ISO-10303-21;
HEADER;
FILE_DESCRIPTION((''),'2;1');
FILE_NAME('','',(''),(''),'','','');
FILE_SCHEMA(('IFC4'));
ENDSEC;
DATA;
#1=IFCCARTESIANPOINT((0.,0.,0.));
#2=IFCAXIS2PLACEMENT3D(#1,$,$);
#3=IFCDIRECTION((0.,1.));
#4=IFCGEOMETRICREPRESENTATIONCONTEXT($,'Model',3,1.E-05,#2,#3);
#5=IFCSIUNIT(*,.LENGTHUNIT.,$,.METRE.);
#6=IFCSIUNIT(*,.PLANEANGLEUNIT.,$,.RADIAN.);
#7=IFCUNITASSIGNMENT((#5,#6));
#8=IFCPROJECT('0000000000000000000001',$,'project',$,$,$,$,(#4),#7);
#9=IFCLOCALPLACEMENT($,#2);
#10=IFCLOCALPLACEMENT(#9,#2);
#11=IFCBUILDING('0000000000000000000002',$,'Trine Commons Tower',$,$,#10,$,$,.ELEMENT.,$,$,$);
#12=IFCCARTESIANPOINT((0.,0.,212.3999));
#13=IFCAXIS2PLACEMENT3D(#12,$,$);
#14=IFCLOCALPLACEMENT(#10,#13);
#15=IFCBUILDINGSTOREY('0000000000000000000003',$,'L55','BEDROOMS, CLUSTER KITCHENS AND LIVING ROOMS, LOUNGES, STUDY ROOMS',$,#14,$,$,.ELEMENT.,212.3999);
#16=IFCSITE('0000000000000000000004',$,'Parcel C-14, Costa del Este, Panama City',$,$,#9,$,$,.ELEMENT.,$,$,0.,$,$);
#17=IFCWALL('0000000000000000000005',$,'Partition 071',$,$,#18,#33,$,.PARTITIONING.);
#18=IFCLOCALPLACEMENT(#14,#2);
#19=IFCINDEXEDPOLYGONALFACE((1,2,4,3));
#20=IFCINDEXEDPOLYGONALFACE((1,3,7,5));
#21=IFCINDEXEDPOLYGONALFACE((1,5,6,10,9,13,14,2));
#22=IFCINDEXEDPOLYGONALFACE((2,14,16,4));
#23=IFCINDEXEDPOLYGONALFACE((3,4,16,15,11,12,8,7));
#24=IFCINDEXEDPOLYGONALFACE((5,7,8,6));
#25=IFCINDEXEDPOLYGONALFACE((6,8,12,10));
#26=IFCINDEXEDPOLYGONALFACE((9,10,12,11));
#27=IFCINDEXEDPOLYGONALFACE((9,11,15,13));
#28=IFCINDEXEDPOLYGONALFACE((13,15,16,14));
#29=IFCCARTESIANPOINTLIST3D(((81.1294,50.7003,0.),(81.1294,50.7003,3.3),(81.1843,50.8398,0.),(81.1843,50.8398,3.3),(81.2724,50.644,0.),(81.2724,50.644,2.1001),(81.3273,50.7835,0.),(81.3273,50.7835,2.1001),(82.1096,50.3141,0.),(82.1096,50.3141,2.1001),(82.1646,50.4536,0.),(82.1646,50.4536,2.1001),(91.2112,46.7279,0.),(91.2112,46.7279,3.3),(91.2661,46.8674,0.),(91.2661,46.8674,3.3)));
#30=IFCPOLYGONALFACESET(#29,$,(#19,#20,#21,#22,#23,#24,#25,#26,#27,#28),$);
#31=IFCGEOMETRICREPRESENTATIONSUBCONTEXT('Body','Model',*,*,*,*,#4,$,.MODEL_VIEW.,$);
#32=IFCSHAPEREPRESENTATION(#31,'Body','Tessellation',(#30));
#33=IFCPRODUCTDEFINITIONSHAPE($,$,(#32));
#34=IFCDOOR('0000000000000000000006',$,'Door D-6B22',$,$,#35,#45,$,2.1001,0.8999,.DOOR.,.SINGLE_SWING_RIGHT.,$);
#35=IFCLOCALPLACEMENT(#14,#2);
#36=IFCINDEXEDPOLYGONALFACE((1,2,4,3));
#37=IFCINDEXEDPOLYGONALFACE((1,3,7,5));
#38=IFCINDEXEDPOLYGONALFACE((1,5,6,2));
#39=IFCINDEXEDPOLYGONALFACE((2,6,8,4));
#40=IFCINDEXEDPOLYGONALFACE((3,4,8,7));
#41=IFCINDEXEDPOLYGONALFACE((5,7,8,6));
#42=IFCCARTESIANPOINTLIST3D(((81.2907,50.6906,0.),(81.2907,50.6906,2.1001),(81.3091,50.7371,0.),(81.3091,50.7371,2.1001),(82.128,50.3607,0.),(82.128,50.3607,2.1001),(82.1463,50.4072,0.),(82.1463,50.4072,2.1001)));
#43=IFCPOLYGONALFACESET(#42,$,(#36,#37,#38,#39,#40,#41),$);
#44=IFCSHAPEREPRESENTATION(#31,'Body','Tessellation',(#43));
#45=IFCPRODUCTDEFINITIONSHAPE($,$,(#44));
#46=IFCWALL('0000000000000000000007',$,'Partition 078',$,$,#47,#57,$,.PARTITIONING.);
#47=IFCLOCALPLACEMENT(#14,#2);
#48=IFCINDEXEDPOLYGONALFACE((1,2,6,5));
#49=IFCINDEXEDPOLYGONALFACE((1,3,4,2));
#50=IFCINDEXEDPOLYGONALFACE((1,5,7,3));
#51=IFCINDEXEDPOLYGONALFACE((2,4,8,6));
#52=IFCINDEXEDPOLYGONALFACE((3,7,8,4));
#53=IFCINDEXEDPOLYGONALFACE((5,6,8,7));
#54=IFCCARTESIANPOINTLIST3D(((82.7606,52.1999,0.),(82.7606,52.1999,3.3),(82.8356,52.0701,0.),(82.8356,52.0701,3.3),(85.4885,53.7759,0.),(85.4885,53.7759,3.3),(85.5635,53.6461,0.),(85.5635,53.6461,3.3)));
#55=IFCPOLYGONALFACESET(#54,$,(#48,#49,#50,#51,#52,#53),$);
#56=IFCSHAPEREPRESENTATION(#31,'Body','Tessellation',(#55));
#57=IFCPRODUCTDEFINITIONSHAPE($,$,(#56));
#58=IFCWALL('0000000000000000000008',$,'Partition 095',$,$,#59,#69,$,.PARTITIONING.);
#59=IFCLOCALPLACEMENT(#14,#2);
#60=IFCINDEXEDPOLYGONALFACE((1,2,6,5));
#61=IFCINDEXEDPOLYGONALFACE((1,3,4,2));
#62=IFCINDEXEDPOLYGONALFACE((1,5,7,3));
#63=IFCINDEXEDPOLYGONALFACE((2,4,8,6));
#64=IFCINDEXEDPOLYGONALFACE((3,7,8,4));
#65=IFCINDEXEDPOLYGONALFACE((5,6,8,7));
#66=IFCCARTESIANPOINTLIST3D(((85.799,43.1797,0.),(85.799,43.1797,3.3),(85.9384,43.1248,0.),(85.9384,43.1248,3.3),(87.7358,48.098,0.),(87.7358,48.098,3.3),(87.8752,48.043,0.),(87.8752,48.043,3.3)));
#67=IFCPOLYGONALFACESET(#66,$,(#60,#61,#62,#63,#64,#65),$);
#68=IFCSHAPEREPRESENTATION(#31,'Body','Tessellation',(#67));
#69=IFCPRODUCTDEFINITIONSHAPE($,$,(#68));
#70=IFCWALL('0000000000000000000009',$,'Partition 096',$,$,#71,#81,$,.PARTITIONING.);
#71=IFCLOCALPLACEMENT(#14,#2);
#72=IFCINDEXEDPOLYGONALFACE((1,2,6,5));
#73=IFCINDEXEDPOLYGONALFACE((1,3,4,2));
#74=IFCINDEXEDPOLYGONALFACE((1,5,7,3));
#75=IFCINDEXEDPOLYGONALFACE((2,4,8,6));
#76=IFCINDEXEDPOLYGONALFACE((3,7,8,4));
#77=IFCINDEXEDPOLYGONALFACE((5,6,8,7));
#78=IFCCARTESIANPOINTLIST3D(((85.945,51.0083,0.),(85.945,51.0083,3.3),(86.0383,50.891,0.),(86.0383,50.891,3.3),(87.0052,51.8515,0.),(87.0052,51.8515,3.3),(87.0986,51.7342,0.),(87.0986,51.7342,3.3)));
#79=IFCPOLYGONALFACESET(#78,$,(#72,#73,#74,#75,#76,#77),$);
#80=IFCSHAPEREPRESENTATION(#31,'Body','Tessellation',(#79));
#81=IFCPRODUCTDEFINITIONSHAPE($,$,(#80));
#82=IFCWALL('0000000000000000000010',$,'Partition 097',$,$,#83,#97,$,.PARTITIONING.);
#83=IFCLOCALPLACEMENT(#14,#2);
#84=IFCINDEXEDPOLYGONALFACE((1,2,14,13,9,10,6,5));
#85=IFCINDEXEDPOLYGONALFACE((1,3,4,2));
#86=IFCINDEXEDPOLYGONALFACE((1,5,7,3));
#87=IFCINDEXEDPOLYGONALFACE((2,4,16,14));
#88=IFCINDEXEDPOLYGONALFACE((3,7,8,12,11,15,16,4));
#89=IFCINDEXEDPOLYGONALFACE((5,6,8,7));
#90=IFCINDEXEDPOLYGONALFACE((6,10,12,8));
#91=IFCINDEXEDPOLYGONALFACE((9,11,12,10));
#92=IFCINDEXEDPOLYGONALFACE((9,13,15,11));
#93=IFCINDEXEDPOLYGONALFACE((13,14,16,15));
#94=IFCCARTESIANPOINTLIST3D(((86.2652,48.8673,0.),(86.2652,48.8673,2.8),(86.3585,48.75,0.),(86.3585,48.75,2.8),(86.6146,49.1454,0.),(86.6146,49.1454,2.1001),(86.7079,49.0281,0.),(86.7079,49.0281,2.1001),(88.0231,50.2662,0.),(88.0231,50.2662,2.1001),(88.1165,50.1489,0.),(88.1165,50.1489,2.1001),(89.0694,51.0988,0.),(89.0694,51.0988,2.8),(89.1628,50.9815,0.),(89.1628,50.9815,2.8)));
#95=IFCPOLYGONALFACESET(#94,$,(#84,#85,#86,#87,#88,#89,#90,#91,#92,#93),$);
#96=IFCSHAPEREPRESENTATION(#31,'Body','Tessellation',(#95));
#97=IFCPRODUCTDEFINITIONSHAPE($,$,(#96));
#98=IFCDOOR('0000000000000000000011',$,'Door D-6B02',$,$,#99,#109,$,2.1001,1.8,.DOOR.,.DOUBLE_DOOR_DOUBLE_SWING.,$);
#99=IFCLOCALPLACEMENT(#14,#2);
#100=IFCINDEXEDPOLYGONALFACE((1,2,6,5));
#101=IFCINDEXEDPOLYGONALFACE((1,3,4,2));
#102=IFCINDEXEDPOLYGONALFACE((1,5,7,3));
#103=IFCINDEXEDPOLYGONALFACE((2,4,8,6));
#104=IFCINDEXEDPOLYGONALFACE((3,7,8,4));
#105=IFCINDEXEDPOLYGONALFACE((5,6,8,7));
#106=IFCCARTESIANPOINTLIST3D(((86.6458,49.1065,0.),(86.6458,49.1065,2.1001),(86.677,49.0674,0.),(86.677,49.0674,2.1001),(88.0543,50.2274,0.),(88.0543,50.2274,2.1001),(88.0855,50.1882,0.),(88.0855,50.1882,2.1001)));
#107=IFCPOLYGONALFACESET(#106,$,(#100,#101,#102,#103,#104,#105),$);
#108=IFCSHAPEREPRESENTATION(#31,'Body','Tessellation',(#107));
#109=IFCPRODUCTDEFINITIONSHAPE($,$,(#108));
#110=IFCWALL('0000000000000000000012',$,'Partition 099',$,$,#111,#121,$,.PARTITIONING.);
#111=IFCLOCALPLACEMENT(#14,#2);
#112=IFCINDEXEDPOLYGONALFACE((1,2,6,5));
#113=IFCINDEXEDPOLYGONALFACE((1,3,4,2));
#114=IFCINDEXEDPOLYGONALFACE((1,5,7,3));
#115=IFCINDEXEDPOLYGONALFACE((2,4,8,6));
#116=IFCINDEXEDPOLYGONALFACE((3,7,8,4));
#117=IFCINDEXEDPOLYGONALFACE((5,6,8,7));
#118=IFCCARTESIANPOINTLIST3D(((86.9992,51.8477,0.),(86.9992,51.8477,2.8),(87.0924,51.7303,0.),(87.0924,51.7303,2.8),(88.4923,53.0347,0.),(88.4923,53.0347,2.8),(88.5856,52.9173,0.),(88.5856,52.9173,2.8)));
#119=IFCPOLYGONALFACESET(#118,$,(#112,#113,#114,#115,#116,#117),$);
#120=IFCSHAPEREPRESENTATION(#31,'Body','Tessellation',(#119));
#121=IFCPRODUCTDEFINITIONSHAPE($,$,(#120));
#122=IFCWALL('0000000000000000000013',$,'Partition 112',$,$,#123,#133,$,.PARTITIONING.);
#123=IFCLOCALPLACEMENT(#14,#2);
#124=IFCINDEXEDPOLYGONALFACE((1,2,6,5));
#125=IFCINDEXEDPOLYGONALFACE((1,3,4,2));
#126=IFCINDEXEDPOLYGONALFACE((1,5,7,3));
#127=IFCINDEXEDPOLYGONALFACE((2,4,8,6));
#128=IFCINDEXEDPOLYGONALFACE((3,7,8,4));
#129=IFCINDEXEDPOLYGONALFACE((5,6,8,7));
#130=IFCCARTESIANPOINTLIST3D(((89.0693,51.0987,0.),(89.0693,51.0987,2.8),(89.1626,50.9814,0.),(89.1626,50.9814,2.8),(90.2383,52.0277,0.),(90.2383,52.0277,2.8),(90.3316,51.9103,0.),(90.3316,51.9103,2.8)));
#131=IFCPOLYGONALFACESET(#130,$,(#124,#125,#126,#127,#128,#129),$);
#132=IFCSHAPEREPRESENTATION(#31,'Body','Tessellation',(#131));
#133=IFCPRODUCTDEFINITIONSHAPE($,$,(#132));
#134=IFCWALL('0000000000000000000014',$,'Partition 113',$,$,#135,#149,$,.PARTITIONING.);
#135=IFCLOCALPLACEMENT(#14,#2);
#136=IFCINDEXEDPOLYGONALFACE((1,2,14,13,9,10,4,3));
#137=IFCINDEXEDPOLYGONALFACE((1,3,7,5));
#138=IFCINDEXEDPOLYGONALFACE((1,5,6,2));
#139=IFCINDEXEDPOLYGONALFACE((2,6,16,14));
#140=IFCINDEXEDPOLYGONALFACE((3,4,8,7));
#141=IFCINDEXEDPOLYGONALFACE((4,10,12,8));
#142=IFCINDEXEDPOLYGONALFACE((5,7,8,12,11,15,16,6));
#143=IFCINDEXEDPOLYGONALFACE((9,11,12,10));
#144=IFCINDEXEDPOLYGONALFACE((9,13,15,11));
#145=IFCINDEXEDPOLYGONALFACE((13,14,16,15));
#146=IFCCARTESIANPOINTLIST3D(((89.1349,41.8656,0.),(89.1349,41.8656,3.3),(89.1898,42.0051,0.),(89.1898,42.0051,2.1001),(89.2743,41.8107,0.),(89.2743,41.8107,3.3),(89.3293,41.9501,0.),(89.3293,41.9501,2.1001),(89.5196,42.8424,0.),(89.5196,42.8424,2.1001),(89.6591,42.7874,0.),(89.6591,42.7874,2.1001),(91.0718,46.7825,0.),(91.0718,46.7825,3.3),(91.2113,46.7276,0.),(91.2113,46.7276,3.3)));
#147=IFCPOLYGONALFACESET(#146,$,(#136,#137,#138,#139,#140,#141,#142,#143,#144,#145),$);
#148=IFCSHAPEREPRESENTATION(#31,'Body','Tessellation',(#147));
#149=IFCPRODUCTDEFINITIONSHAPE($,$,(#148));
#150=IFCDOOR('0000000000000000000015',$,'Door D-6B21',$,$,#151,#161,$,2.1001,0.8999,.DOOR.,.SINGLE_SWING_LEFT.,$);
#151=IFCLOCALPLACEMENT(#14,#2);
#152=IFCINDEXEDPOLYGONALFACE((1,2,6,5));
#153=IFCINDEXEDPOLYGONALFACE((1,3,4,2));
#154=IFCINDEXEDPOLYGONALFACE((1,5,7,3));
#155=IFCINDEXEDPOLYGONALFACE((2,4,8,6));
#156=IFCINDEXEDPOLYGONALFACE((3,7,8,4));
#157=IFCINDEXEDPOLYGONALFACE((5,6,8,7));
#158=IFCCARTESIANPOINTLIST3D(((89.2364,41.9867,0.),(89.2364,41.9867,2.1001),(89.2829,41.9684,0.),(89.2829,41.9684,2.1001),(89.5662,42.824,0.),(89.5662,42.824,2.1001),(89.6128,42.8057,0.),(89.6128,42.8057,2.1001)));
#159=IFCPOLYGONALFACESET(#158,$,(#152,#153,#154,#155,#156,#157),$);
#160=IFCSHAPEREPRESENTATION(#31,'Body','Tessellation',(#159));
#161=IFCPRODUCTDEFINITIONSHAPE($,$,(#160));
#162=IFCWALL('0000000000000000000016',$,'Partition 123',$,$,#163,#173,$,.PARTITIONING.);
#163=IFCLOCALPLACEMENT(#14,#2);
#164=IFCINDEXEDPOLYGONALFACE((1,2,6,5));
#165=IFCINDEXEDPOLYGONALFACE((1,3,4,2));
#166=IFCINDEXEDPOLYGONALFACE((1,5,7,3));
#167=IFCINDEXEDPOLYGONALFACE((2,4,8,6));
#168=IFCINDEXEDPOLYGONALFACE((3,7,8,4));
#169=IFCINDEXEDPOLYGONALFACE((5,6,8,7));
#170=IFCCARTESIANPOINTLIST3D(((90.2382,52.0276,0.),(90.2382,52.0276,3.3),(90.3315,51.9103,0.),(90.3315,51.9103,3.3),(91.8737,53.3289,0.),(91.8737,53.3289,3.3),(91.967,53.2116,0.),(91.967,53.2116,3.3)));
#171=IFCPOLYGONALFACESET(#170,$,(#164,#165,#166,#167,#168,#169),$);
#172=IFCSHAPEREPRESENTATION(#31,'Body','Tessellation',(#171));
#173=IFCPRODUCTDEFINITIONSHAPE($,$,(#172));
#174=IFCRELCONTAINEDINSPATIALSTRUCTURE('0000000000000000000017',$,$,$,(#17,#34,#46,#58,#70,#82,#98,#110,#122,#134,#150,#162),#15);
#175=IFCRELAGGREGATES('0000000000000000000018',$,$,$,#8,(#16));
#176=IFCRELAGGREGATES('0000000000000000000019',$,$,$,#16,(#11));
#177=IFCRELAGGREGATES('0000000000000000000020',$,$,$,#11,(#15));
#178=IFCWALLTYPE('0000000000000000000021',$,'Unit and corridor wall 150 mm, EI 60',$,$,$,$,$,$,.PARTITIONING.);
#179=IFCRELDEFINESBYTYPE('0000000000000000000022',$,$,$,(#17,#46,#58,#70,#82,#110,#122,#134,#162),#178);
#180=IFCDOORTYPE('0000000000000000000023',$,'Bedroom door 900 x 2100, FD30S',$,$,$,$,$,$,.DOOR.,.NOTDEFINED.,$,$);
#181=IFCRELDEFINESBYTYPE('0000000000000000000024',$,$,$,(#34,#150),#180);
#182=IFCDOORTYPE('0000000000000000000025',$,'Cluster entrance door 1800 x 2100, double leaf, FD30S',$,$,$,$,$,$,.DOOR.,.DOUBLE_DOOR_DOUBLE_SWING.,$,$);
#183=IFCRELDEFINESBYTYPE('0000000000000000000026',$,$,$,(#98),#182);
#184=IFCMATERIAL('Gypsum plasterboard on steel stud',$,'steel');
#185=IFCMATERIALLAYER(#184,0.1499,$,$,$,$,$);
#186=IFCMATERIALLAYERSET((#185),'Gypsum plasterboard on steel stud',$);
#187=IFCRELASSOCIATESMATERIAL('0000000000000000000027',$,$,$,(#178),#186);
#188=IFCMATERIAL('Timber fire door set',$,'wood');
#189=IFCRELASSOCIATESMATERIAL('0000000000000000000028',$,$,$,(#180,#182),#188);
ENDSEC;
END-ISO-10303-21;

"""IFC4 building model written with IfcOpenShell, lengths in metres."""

from ifc_helpers import new_model, si_unit, direction, frame, frame_2d, origin, place, context, subcontext, project, spatial, rectangle, extrude, material, layer, layer_set, type_object, element, fill, save


model = new_model("IFC4")

# Units and contexts
model_context = context("Model", 3, precision=1e-05, world=origin(), true_north=direction((0.0, 1.0)))
body_context = subcontext(model_context, "Body", "Model", "MODEL_VIEW")
ifc_project = project(units=[si_unit("LENGTHUNIT", "METRE"), si_unit("PLANEANGLEUNIT", "RADIAN")], contexts=[model_context])

# Site, building, storey
site_placement = place(None, origin())
site = spatial("IfcSite", under=ifc_project, at=site_placement, Name="Parcel C-14, Costa del Este, Panama City", CompositionType="ELEMENT", RefElevation=0.0)
building_placement = place(site_placement, origin())
building = spatial("IfcBuilding", under=site, at=building_placement, Name="Trine Commons Tower", CompositionType="ELEMENT")
storey_placement = place(building_placement, frame((0.0, 0.0, 212.3999)))
storey = spatial("IfcBuildingStorey", under=building, at=storey_placement, Name="L55", Description="BEDROOMS, CLUSTER KITCHENS AND LIVING ROOMS, LOUNGES, STUDY ROOMS", CompositionType="ELEMENT", Elevation=212.3999)

# Wall, opening, door
ifc_material_1 = material(Name="Gypsum plasterboard on steel stud", Category="steel")
ifc_layer_1 = layer(ifc_material_1, 0.1499)
ifc_layer_set_1 = layer_set([ifc_layer_1], Name="Gypsum plasterboard on steel stud")
wall_type_1 = type_object("IfcWallType", Name="Unit and corridor wall 150 mm, EI 60", PredefinedType="PARTITIONING", material=ifc_layer_set_1)
wall_1_placement = place(storey_placement, frame((81.157, 50.77, 0.0), z_axis=(0.0, 0.0, 1.0), x_axis=(0.930383, -0.366588, 0.0)))
wall_1 = element("IfcWall", 1, at=wall_1_placement, inside=storey, type_object=wall_type_1, Name="Partition 071", PredefinedType="PARTITIONING", context=body_context, shape_type="SweptSolid", body=[
    extrude(rectangle(XDim=10.8362, YDim=0.1499, at=frame_2d((5.418, 0.0))), origin(), (0.0, 0.0, 1.0), 3.3),
])
opening_1_placement = place(wall_1_placement, frame((0.1536, 0.0, 0.0)))
opening_1 = element("IfcOpeningElement", 2, at=opening_1_placement, cuts=wall_1, PredefinedType="OPENING", context=body_context, shape_type="SweptSolid", body=[
    extrude(rectangle(XDim=0.8999, YDim=2.1001, at=frame_2d((0.45, 1.05))), frame((0.0, 0.085, 0.0), z_axis=(0.0, -1.0, 0.0), x_axis=(1.0, 0.0, 0.0)), (0.0, 0.0, 1.0), 0.1699),
])
ifc_material_2 = material(Name="Timber fire door set", Category="wood")
door_type_1 = type_object("IfcDoorType", Name="Bedroom door 900 x 2100, FD30S", OperationType="NOTDEFINED", PredefinedType="DOOR", material=ifc_material_2)
door_1_placement = place(opening_1_placement, frame((0.8999, 0.0, 0.0), z_axis=(0.0, 0.0, 1.0), x_axis=(-1.0, 0.0, 0.0)))
door_1 = element("IfcDoor", 3, at=door_1_placement, inside=storey, type_object=door_type_1, Name="Door D-6B22", OperationType="SINGLE_SWING_RIGHT", OverallHeight=2.1001, OverallWidth=0.8999, PredefinedType="DOOR", context=body_context, shape_type="SweptSolid", body=[
    extrude(rectangle(XDim=0.8999, YDim=2.1001, at=frame_2d((0.45, 1.05))), frame((0.0, 0.0249, 0.0), z_axis=(0.0, -1.0, 0.0), x_axis=(1.0, 0.0, 0.0)), (0.0, 0.0, 1.0), 0.05),
])
fill(opening_1, door_1)

# Walls
wall_2_placement = place(storey_placement, frame((82.7981, 52.135, 0.0), z_axis=(0.0, 0.0, 1.0), x_axis=(0.865882, 0.500248, 0.0)))
element("IfcWall", 4, at=wall_2_placement, inside=storey, type_object=wall_type_1, Name="Partition 078", PredefinedType="PARTITIONING", context=body_context, shape_type="SweptSolid", body=[
    extrude(rectangle(XDim=3.1504, YDim=0.1499, at=frame_2d((1.5752, 0.0))), origin(), (0.0, 0.0, 1.0), 3.3),
])
wall_3_placement = place(storey_placement, frame((85.8687, 43.1521, 0.0), z_axis=(0.0, 0.0, 1.0), x_axis=(0.366408, 0.930454, 0.0)))
element("IfcWall", 5, at=wall_3_placement, inside=storey, type_object=wall_type_1, Name="Partition 095", PredefinedType="PARTITIONING", context=body_context, shape_type="SweptSolid", body=[
    extrude(rectangle(XDim=5.2859, YDim=0.1499, at=frame_2d((2.6431, 0.0))), origin(), (0.0, 0.0, 1.0), 3.3),
])
wall_4_placement = place(storey_placement, frame((85.9917, 50.9497, 0.0), z_axis=(0.0, 0.0, 1.0), x_axis=(0.782659, 0.622451, 0.0)))
element("IfcWall", 6, at=wall_4_placement, inside=storey, type_object=wall_type_1, Name="Partition 096", PredefinedType="PARTITIONING", context=body_context, shape_type="SweptSolid", body=[
    extrude(rectangle(XDim=1.3547, YDim=0.1499, at=frame_2d((0.6772, 0.0))), origin(), (0.0, 0.0, 1.0), 3.3),
])

# Wall, opening, door
wall_5_placement = place(storey_placement, frame((86.3118, 48.8086, 0.0), z_axis=(0.0, 0.0, 1.0), x_axis=(0.782488, 0.622666, 0.0)))
wall_5 = element("IfcWall", 7, at=wall_5_placement, inside=storey, type_object=wall_type_1, Name="Partition 097", PredefinedType="PARTITIONING", context=body_context, shape_type="SweptSolid", body=[
    extrude(rectangle(XDim=3.5837, YDim=0.1499, at=frame_2d((1.792, 0.0))), origin(), (0.0, 0.0, 1.0), 2.8),
])
opening_2_placement = place(wall_5_placement, frame((0.4468, 0.0, 0.0)))
opening_2 = element("IfcOpeningElement", 8, at=opening_2_placement, cuts=wall_5, PredefinedType="OPENING", context=body_context, shape_type="SweptSolid", body=[
    extrude(rectangle(XDim=1.8, YDim=2.1001, at=frame_2d((0.8999, 1.05))), frame((0.0, 0.085, 0.0), z_axis=(0.0, -1.0, 0.0), x_axis=(1.0, 0.0, 0.0)), (0.0, 0.0, 1.0), 0.1699),
])
door_type_2 = type_object("IfcDoorType", Name="Cluster entrance door 1800 x 2100, double leaf, FD30S", OperationType="DOUBLE_DOOR_DOUBLE_SWING", PredefinedType="DOOR", material=ifc_material_2)
door_2_placement = place(opening_2_placement, frame((1.8, 0.0, 0.0), z_axis=(0.0, 0.0, 1.0), x_axis=(-1.0, 0.0, 0.0)))
door_2 = element("IfcDoor", 9, at=door_2_placement, inside=storey, type_object=door_type_2, Name="Door D-6B02", OperationType="DOUBLE_DOOR_DOUBLE_SWING", OverallHeight=2.1001, OverallWidth=1.8, PredefinedType="DOOR", context=body_context, shape_type="SweptSolid", body=[
    extrude(rectangle(XDim=1.8, YDim=2.1001, at=frame_2d((0.8999, 1.05))), frame((0.0, 0.0249, 0.0), z_axis=(0.0, -1.0, 0.0), x_axis=(1.0, 0.0, 0.0)), (0.0, 0.0, 1.0), 0.05),
])
fill(opening_2, door_2)

# Walls
wall_6_placement = place(storey_placement, frame((87.0459, 51.7891, 0.0), z_axis=(0.0, 0.0, 1.0), x_axis=(0.782788, 0.622288, 0.0)))
element("IfcWall", 10, at=wall_6_placement, inside=storey, type_object=wall_type_1, Name="Partition 099", PredefinedType="PARTITIONING", context=body_context, shape_type="SweptSolid", body=[
    extrude(rectangle(XDim=1.9075, YDim=0.1499, at=frame_2d((0.9536, 0.0))), origin(), (0.0, 0.0, 1.0), 2.8),
])
wall_7_placement = place(storey_placement, frame((89.116, 51.04, 0.0), z_axis=(0.0, 0.0, 1.0), x_axis=(0.782891, 0.622159, 0.0)))
element("IfcWall", 11, at=wall_7_placement, inside=storey, type_object=wall_type_1, Name="Partition 112", PredefinedType="PARTITIONING", context=body_context, shape_type="SweptSolid", body=[
    extrude(rectangle(XDim=1.4932, YDim=0.1499, at=frame_2d((0.7466, 0.0))), origin(), (0.0, 0.0, 1.0), 2.8),
])

# Wall, opening, door
wall_8_placement = place(storey_placement, frame((89.2046, 41.8381, 0.0), z_axis=(0.0, 0.0, 1.0), x_axis=(0.366527, 0.930407, 0.0)))
wall_8 = element("IfcWall", 12, at=wall_8_placement, inside=storey, type_object=wall_type_1, Name="Partition 113", PredefinedType="PARTITIONING", context=body_context, shape_type="SweptSolid", body=[
    extrude(rectangle(XDim=5.2847, YDim=0.1499, at=frame_2d((2.6423, 0.0))), origin(), (0.0, 0.0, 1.0), 3.3),
])
opening_3_placement = place(wall_8_placement, frame((0.1499, 0.0, 0.0)))
opening_3 = element("IfcOpeningElement", 13, at=opening_3_placement, cuts=wall_8, PredefinedType="OPENING", context=body_context, shape_type="SweptSolid", body=[
    extrude(rectangle(XDim=0.8999, YDim=2.1001, at=frame_2d((0.45, 1.05))), frame((0.0, 0.085, 0.0), z_axis=(0.0, -1.0, 0.0), x_axis=(1.0, 0.0, 0.0)), (0.0, 0.0, 1.0), 0.1699),
])
door_3_placement = place(opening_3_placement, origin())
door_3 = element("IfcDoor", 14, at=door_3_placement, inside=storey, type_object=door_type_1, Name="Door D-6B21", OperationType="SINGLE_SWING_LEFT", OverallHeight=2.1001, OverallWidth=0.8999, PredefinedType="DOOR", context=body_context, shape_type="SweptSolid", body=[
    extrude(rectangle(XDim=0.8999, YDim=2.1001, at=frame_2d((0.45, 1.05))), frame((0.0, 0.0249, 0.0), z_axis=(0.0, -1.0, 0.0), x_axis=(1.0, 0.0, 0.0)), (0.0, 0.0, 1.0), 0.05),
])
fill(opening_3, door_3)

# Wall
wall_9_placement = place(storey_placement, frame((90.2849, 51.969, 0.0), z_axis=(0.0, 0.0, 1.0), x_axis=(0.78253, 0.622613, 0.0)))
element("IfcWall", 15, at=wall_9_placement, inside=storey, type_object=wall_type_1, Name="Partition 123", PredefinedType="PARTITIONING", context=body_context, shape_type="SweptSolid", body=[
    extrude(rectangle(XDim=2.0901, YDim=0.1499, at=frame_2d((1.0449, 0.0))), origin(), (0.0, 0.0, 1.0), 3.3),
])

save(model, "model.ifc")
